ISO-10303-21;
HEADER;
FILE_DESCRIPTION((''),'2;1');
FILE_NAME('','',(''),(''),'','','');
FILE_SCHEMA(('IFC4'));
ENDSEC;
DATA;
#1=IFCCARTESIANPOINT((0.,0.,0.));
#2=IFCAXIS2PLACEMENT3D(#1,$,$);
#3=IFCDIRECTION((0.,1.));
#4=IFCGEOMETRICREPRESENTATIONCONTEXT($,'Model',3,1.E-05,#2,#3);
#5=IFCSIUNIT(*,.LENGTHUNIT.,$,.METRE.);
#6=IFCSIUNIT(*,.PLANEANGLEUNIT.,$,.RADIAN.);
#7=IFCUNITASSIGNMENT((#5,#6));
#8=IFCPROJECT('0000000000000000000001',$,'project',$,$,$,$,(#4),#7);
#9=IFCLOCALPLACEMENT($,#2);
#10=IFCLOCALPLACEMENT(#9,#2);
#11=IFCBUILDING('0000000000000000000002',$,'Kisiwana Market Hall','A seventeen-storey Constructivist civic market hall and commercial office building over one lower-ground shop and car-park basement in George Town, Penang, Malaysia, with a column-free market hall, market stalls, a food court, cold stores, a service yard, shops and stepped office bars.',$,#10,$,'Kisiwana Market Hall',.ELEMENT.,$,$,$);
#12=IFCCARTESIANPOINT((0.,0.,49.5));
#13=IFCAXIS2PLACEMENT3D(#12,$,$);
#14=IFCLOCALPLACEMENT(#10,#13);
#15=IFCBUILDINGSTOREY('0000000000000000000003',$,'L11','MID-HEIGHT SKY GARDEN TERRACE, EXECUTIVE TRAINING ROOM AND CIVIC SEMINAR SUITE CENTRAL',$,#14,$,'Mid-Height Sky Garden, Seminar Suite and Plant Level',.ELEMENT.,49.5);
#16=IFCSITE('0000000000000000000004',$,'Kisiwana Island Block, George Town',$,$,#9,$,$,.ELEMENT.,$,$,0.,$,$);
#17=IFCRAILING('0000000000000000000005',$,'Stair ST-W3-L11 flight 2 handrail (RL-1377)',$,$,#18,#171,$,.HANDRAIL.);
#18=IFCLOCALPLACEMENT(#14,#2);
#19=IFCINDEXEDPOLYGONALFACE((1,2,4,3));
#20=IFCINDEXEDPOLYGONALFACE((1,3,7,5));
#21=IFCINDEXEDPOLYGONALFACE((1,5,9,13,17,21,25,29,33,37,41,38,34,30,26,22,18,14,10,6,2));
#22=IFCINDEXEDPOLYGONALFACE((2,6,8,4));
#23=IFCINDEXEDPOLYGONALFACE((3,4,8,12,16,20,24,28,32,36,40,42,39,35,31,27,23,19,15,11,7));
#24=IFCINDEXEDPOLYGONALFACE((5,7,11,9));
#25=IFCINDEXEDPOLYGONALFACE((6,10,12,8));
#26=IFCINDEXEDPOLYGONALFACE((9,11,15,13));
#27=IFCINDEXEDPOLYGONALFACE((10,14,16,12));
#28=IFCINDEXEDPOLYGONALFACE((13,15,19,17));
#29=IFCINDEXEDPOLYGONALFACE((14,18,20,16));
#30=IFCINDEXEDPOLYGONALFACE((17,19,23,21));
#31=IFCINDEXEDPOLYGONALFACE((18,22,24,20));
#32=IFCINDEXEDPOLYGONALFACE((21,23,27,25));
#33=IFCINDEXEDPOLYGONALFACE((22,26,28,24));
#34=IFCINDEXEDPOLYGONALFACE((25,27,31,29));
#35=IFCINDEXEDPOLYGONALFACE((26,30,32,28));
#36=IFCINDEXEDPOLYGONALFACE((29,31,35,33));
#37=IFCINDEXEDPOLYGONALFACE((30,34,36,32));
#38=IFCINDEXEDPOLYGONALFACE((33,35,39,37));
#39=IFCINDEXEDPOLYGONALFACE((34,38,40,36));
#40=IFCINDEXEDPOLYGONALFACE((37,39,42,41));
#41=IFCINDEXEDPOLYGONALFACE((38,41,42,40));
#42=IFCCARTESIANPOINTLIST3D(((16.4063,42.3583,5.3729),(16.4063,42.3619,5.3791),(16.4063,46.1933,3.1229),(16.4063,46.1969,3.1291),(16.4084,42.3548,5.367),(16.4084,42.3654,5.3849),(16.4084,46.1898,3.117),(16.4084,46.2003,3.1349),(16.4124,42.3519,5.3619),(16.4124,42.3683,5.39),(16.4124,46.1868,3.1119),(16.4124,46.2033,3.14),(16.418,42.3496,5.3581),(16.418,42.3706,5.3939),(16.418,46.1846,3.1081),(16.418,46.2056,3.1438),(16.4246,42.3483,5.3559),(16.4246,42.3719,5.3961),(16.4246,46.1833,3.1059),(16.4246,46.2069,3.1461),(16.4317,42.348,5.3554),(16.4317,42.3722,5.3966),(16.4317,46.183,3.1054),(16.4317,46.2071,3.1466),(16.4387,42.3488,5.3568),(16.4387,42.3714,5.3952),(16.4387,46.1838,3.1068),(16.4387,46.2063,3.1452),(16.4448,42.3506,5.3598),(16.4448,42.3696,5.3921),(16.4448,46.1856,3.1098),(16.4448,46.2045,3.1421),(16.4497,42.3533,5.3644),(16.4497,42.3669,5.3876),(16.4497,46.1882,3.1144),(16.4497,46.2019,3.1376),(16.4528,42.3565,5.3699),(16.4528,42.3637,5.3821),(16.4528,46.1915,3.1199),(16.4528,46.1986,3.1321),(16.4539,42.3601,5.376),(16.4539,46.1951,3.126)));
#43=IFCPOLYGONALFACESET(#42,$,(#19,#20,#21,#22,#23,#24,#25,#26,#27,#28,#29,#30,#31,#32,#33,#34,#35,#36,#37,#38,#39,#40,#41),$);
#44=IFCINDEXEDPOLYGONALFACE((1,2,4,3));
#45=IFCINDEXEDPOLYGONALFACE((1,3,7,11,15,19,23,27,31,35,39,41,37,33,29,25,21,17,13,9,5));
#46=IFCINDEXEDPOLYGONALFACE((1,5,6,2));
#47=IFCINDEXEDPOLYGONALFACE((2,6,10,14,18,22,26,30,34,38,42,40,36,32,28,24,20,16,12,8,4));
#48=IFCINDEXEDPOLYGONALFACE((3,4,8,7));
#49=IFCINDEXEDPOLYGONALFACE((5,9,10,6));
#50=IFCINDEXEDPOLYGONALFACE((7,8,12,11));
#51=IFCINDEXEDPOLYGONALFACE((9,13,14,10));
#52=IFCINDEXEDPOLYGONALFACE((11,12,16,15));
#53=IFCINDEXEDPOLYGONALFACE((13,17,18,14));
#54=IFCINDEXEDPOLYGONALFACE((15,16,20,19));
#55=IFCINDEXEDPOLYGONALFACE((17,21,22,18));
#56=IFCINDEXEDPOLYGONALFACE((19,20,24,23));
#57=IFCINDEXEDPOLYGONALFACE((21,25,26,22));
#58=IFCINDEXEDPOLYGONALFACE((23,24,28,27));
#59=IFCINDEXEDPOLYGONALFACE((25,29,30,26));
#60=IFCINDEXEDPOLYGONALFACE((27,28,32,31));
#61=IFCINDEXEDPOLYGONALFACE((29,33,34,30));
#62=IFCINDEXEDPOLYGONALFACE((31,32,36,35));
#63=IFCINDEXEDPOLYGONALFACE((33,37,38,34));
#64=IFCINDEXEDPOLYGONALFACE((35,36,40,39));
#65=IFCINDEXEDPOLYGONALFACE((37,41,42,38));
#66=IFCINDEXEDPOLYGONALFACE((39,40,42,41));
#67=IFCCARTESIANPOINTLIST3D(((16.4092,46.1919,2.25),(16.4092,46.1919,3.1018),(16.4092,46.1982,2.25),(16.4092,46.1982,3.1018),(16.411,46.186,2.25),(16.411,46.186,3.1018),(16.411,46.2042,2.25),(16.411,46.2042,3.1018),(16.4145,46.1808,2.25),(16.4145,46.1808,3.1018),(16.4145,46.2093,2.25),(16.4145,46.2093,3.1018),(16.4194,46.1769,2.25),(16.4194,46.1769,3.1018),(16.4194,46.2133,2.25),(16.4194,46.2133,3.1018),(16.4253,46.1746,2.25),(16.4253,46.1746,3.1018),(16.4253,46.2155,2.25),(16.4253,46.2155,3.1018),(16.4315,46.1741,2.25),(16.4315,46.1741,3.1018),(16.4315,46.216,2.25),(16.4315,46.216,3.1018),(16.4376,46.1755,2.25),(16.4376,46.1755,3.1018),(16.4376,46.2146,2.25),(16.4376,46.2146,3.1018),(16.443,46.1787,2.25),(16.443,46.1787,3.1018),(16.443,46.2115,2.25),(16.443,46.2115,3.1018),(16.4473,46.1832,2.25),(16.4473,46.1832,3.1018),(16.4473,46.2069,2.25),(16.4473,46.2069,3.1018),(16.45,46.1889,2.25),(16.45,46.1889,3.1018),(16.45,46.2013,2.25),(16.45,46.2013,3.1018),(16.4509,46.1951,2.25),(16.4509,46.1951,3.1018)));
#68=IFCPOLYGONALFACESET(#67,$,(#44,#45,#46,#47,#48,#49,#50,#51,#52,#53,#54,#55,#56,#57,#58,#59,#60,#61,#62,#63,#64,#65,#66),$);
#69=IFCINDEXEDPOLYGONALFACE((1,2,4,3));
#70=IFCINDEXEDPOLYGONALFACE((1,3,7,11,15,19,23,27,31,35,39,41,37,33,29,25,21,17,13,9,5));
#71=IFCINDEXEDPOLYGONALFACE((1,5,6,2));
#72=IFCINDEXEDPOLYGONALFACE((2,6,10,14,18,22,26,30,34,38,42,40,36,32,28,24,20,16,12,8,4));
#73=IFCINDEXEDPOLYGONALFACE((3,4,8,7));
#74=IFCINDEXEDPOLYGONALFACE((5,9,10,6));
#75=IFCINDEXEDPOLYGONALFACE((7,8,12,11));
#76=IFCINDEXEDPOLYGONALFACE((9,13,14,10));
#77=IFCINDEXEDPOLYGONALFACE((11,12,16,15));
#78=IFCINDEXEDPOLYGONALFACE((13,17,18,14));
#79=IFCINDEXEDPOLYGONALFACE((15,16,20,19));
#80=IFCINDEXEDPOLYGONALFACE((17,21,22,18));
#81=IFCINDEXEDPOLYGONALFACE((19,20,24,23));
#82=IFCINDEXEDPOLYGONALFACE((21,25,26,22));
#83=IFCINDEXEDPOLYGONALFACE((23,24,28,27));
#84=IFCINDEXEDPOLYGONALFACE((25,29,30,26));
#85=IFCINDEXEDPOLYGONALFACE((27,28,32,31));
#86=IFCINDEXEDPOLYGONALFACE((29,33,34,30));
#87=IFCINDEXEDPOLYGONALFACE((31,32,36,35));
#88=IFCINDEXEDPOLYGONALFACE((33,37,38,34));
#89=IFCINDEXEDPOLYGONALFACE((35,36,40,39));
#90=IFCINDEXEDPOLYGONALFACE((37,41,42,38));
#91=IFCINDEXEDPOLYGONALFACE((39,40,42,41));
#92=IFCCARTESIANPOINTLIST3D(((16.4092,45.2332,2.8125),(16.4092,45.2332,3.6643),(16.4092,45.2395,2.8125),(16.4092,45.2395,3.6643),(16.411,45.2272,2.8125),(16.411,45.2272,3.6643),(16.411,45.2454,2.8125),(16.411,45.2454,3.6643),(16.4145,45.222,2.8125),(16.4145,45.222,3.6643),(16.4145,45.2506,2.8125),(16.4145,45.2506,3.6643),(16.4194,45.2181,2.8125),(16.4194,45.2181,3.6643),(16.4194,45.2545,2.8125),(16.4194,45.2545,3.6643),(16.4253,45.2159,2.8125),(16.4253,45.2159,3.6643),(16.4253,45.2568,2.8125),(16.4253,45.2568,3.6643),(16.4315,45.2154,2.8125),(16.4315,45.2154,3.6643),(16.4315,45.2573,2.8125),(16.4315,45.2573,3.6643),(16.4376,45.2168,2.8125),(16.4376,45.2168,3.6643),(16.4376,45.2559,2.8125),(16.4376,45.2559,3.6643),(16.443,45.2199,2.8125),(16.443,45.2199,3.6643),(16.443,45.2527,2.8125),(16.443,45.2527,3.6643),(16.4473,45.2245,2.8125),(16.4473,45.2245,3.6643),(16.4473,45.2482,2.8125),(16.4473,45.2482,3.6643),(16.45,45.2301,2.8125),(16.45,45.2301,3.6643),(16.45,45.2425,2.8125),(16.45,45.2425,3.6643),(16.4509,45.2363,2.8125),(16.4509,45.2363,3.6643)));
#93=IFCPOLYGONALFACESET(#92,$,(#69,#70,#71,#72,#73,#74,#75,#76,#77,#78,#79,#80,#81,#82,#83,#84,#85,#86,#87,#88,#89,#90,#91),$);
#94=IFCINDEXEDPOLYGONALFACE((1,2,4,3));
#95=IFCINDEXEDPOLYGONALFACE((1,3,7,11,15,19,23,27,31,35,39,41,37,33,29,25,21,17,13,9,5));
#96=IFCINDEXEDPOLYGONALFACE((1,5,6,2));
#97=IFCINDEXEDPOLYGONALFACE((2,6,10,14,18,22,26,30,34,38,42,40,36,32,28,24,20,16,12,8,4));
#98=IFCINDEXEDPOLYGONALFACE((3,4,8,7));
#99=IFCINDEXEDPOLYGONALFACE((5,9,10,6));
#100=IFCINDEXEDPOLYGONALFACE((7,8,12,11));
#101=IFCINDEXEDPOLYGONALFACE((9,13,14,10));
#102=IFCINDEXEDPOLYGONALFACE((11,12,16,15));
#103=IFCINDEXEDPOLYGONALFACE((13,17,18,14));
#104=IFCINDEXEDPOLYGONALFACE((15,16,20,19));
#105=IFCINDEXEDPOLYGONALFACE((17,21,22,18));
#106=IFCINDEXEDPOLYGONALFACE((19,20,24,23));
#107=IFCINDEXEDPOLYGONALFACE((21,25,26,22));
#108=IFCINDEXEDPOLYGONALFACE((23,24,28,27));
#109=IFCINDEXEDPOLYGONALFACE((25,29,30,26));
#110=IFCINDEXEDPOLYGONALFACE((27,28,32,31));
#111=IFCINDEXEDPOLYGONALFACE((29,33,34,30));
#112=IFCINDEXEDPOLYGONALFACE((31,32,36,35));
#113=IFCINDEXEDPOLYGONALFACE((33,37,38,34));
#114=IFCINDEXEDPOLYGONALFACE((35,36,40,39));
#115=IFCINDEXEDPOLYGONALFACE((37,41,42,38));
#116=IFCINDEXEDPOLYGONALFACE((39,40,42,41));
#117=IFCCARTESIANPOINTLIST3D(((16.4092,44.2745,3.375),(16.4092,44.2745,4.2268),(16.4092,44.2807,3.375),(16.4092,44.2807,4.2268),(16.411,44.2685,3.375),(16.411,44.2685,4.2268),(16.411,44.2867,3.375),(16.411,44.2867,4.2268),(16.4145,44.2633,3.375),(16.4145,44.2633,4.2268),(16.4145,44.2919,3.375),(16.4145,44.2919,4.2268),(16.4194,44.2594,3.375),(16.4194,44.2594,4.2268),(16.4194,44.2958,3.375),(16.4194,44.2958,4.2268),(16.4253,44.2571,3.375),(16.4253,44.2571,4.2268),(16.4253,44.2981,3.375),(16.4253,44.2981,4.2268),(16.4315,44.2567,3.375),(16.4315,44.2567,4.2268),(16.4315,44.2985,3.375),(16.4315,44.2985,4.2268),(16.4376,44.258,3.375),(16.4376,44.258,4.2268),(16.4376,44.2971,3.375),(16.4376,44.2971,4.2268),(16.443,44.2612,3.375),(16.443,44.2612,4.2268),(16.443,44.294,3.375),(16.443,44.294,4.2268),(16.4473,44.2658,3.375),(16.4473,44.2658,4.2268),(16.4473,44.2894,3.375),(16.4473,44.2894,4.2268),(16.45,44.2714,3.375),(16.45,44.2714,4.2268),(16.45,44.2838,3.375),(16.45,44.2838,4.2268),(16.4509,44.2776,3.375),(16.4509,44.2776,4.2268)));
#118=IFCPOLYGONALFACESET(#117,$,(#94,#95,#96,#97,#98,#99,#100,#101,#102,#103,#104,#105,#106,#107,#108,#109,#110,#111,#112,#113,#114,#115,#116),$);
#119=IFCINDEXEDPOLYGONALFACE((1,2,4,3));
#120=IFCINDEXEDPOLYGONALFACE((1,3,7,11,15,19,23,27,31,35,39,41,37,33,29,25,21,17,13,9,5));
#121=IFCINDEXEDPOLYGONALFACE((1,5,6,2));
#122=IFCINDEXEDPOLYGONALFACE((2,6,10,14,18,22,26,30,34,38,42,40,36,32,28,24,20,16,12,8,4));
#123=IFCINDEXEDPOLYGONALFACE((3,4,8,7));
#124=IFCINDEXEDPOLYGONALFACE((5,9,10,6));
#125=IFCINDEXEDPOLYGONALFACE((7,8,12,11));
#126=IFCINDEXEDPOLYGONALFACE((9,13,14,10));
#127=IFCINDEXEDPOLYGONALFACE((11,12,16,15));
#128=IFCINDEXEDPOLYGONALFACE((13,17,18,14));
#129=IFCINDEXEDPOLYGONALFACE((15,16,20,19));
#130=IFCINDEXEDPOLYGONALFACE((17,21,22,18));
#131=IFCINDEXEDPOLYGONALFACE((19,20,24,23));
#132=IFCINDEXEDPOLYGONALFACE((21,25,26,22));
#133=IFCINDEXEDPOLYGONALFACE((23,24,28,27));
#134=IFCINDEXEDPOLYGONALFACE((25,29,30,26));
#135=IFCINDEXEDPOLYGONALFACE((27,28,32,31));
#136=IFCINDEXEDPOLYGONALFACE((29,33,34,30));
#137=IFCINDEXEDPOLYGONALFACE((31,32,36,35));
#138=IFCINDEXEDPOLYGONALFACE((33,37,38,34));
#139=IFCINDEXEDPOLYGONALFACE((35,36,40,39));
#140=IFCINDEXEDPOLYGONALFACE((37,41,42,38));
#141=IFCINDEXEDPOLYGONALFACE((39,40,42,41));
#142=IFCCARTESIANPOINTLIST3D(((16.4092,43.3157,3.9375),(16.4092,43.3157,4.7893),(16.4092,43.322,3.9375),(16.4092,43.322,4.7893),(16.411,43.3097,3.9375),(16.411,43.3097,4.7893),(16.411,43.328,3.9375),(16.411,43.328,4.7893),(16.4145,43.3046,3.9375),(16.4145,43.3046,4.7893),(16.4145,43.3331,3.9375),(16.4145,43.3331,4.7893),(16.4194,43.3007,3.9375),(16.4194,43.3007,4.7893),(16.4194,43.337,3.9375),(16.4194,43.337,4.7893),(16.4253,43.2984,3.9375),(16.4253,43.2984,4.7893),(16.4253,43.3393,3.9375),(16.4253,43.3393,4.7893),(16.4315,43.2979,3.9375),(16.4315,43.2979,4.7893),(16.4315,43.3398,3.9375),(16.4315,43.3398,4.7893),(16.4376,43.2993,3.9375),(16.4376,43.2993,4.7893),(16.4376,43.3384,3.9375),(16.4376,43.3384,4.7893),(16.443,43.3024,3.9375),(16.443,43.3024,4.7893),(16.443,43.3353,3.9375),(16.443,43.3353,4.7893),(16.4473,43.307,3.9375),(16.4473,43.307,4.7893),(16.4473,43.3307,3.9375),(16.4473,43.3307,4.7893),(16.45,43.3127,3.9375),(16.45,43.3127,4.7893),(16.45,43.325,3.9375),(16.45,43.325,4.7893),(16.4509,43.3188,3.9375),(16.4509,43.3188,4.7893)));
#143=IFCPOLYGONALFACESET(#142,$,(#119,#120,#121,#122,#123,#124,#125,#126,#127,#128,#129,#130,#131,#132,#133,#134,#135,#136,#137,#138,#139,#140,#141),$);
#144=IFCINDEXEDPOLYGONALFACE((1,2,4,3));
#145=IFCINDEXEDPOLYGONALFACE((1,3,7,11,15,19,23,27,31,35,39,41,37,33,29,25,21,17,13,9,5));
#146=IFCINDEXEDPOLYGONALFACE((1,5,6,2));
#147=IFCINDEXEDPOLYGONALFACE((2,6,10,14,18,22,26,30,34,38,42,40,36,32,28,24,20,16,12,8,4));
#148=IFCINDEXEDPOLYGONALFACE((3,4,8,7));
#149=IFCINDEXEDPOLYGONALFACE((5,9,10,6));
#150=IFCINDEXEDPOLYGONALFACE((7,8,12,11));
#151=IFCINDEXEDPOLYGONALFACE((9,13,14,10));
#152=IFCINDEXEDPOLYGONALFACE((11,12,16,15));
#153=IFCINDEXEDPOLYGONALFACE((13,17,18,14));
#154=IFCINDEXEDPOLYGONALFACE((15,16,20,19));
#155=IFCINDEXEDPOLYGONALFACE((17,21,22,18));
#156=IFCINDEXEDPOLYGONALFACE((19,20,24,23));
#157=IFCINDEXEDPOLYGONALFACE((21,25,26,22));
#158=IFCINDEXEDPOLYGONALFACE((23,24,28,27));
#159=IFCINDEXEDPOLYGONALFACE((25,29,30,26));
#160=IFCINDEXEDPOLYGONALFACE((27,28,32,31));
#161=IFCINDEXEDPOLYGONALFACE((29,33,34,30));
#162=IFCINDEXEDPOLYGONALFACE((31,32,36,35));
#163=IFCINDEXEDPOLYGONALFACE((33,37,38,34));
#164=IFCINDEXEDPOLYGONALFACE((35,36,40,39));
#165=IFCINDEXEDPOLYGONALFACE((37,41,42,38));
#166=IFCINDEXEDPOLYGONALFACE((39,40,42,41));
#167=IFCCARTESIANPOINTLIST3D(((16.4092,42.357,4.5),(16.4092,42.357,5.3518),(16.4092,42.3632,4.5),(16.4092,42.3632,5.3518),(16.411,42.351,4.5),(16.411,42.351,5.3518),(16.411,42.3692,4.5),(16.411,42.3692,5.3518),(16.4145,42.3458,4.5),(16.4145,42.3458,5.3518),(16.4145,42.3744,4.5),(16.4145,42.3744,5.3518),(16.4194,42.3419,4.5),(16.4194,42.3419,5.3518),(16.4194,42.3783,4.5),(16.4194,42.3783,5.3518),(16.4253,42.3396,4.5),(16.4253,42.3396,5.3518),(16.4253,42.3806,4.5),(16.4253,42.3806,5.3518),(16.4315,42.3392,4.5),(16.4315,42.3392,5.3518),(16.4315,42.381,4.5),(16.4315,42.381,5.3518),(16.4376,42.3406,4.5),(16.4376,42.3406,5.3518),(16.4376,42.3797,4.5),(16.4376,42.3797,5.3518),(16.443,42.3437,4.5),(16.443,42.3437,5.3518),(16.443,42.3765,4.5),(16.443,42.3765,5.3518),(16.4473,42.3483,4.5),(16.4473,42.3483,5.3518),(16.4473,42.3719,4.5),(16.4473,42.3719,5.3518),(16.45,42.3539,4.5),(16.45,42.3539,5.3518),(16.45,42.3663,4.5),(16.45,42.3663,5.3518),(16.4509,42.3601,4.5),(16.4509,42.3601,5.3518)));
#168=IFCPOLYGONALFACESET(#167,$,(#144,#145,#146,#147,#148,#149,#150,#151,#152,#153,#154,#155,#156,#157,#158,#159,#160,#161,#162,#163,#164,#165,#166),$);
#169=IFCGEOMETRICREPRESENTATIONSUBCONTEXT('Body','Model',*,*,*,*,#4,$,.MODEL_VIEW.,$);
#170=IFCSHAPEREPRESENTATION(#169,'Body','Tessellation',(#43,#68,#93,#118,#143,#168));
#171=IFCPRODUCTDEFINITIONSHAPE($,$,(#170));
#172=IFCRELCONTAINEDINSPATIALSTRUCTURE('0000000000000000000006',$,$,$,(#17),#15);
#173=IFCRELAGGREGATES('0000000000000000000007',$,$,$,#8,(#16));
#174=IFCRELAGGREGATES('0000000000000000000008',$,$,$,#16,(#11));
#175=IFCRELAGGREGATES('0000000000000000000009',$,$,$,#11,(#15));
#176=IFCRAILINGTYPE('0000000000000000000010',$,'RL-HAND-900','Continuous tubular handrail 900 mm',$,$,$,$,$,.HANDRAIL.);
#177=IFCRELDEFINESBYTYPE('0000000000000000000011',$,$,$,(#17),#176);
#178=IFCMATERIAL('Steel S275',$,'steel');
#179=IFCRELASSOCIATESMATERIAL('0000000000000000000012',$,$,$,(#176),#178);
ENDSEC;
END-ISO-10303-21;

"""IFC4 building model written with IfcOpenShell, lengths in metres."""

from ifc_helpers import new_model, si_unit, direction, frame, origin, origin_2d, place, context, subcontext, project, spatial, circle, extrude, material, type_object, element, save


model = new_model("IFC4")

# Units and contexts
model_context = context("Model", 3, precision=1e-05, world=origin(), true_north=direction((0.0, 1.0)))
body_context = subcontext(model_context, "Body", "Model", "MODEL_VIEW")
ifc_project = project(units=[si_unit("LENGTHUNIT", "METRE"), si_unit("PLANEANGLEUNIT", "RADIAN")], contexts=[model_context])

# Site, building, storey
site_placement = place(None, origin())
site = spatial("IfcSite", under=ifc_project, at=site_placement, Name="Kisiwana Island Block, George Town", CompositionType="ELEMENT", RefElevation=0.0)
building_placement = place(site_placement, origin())
building = spatial("IfcBuilding", under=site, at=building_placement, Name="Kisiwana Market Hall", Description="A seventeen-storey Constructivist civic market hall and commercial office building over one lower-ground shop and car-park basement in George Town, Penang, Malaysia, with a column-free market hall, market stalls, a food court, cold stores, a service yard, shops and stepped office bars.", LongName="Kisiwana Market Hall", CompositionType="ELEMENT")
storey_placement = place(building_placement, frame((0.0, 0.0, 49.5)))
storey = spatial("IfcBuildingStorey", under=building, at=storey_placement, Name="L11", Description="MID-HEIGHT SKY GARDEN TERRACE, EXECUTIVE TRAINING ROOM AND CIVIC SEMINAR SUITE CENTRAL", LongName="Mid-Height Sky Garden, Seminar Suite and Plant Level", CompositionType="ELEMENT", Elevation=49.5)

# Railing
ifc_material_1 = material(Name="Steel S275", Category="steel")
railing_type_1 = type_object("IfcRailingType", Name="RL-HAND-900", Description="Continuous tubular handrail 900 mm", PredefinedType="HANDRAIL", material=ifc_material_1)
for number, where, name in (
    (1, (16.4299, 46.1951, 2.25), "Stair ST-W3-L11 flight 2 handrail (RL-1377)"),
):
    element("IfcRailing", number, at=place(storey_placement, frame(where)), inside=storey, type_object=railing_type_1, Name=name, PredefinedType="HANDRAIL", context=body_context, shape_type="SweptSolid", body=[
        extrude(circle(Radius=0.0239, at=origin_2d()), frame((0.0, 0.0, 0.876), z_axis=(0.0, -0.86251, 0.506041), x_axis=(1.0, 0.0, 0.0)), (0.0, 0.0, 1.0), 4.4463),
        extrude(circle(Radius=0.021, at=origin_2d()), origin(), (0.0, 0.0, 1.0), 0.8518),
        extrude(circle(Radius=0.021, at=origin_2d()), frame((0.0, -0.9587, 0.5625)), (0.0, 0.0, 1.0), 0.8518),
        extrude(circle(Radius=0.021, at=origin_2d()), frame((0.0, -1.9175, 1.125)), (0.0, 0.0, 1.0), 0.8518),
        extrude(circle(Radius=0.021, at=origin_2d()), frame((0.0, -2.8762, 1.6875)), (0.0, 0.0, 1.0), 0.8518),
        extrude(circle(Radius=0.021, at=origin_2d()), frame((0.0, -3.835, 2.25)), (0.0, 0.0, 1.0), 0.8518),
    ])

save(model, "model.ifc")
